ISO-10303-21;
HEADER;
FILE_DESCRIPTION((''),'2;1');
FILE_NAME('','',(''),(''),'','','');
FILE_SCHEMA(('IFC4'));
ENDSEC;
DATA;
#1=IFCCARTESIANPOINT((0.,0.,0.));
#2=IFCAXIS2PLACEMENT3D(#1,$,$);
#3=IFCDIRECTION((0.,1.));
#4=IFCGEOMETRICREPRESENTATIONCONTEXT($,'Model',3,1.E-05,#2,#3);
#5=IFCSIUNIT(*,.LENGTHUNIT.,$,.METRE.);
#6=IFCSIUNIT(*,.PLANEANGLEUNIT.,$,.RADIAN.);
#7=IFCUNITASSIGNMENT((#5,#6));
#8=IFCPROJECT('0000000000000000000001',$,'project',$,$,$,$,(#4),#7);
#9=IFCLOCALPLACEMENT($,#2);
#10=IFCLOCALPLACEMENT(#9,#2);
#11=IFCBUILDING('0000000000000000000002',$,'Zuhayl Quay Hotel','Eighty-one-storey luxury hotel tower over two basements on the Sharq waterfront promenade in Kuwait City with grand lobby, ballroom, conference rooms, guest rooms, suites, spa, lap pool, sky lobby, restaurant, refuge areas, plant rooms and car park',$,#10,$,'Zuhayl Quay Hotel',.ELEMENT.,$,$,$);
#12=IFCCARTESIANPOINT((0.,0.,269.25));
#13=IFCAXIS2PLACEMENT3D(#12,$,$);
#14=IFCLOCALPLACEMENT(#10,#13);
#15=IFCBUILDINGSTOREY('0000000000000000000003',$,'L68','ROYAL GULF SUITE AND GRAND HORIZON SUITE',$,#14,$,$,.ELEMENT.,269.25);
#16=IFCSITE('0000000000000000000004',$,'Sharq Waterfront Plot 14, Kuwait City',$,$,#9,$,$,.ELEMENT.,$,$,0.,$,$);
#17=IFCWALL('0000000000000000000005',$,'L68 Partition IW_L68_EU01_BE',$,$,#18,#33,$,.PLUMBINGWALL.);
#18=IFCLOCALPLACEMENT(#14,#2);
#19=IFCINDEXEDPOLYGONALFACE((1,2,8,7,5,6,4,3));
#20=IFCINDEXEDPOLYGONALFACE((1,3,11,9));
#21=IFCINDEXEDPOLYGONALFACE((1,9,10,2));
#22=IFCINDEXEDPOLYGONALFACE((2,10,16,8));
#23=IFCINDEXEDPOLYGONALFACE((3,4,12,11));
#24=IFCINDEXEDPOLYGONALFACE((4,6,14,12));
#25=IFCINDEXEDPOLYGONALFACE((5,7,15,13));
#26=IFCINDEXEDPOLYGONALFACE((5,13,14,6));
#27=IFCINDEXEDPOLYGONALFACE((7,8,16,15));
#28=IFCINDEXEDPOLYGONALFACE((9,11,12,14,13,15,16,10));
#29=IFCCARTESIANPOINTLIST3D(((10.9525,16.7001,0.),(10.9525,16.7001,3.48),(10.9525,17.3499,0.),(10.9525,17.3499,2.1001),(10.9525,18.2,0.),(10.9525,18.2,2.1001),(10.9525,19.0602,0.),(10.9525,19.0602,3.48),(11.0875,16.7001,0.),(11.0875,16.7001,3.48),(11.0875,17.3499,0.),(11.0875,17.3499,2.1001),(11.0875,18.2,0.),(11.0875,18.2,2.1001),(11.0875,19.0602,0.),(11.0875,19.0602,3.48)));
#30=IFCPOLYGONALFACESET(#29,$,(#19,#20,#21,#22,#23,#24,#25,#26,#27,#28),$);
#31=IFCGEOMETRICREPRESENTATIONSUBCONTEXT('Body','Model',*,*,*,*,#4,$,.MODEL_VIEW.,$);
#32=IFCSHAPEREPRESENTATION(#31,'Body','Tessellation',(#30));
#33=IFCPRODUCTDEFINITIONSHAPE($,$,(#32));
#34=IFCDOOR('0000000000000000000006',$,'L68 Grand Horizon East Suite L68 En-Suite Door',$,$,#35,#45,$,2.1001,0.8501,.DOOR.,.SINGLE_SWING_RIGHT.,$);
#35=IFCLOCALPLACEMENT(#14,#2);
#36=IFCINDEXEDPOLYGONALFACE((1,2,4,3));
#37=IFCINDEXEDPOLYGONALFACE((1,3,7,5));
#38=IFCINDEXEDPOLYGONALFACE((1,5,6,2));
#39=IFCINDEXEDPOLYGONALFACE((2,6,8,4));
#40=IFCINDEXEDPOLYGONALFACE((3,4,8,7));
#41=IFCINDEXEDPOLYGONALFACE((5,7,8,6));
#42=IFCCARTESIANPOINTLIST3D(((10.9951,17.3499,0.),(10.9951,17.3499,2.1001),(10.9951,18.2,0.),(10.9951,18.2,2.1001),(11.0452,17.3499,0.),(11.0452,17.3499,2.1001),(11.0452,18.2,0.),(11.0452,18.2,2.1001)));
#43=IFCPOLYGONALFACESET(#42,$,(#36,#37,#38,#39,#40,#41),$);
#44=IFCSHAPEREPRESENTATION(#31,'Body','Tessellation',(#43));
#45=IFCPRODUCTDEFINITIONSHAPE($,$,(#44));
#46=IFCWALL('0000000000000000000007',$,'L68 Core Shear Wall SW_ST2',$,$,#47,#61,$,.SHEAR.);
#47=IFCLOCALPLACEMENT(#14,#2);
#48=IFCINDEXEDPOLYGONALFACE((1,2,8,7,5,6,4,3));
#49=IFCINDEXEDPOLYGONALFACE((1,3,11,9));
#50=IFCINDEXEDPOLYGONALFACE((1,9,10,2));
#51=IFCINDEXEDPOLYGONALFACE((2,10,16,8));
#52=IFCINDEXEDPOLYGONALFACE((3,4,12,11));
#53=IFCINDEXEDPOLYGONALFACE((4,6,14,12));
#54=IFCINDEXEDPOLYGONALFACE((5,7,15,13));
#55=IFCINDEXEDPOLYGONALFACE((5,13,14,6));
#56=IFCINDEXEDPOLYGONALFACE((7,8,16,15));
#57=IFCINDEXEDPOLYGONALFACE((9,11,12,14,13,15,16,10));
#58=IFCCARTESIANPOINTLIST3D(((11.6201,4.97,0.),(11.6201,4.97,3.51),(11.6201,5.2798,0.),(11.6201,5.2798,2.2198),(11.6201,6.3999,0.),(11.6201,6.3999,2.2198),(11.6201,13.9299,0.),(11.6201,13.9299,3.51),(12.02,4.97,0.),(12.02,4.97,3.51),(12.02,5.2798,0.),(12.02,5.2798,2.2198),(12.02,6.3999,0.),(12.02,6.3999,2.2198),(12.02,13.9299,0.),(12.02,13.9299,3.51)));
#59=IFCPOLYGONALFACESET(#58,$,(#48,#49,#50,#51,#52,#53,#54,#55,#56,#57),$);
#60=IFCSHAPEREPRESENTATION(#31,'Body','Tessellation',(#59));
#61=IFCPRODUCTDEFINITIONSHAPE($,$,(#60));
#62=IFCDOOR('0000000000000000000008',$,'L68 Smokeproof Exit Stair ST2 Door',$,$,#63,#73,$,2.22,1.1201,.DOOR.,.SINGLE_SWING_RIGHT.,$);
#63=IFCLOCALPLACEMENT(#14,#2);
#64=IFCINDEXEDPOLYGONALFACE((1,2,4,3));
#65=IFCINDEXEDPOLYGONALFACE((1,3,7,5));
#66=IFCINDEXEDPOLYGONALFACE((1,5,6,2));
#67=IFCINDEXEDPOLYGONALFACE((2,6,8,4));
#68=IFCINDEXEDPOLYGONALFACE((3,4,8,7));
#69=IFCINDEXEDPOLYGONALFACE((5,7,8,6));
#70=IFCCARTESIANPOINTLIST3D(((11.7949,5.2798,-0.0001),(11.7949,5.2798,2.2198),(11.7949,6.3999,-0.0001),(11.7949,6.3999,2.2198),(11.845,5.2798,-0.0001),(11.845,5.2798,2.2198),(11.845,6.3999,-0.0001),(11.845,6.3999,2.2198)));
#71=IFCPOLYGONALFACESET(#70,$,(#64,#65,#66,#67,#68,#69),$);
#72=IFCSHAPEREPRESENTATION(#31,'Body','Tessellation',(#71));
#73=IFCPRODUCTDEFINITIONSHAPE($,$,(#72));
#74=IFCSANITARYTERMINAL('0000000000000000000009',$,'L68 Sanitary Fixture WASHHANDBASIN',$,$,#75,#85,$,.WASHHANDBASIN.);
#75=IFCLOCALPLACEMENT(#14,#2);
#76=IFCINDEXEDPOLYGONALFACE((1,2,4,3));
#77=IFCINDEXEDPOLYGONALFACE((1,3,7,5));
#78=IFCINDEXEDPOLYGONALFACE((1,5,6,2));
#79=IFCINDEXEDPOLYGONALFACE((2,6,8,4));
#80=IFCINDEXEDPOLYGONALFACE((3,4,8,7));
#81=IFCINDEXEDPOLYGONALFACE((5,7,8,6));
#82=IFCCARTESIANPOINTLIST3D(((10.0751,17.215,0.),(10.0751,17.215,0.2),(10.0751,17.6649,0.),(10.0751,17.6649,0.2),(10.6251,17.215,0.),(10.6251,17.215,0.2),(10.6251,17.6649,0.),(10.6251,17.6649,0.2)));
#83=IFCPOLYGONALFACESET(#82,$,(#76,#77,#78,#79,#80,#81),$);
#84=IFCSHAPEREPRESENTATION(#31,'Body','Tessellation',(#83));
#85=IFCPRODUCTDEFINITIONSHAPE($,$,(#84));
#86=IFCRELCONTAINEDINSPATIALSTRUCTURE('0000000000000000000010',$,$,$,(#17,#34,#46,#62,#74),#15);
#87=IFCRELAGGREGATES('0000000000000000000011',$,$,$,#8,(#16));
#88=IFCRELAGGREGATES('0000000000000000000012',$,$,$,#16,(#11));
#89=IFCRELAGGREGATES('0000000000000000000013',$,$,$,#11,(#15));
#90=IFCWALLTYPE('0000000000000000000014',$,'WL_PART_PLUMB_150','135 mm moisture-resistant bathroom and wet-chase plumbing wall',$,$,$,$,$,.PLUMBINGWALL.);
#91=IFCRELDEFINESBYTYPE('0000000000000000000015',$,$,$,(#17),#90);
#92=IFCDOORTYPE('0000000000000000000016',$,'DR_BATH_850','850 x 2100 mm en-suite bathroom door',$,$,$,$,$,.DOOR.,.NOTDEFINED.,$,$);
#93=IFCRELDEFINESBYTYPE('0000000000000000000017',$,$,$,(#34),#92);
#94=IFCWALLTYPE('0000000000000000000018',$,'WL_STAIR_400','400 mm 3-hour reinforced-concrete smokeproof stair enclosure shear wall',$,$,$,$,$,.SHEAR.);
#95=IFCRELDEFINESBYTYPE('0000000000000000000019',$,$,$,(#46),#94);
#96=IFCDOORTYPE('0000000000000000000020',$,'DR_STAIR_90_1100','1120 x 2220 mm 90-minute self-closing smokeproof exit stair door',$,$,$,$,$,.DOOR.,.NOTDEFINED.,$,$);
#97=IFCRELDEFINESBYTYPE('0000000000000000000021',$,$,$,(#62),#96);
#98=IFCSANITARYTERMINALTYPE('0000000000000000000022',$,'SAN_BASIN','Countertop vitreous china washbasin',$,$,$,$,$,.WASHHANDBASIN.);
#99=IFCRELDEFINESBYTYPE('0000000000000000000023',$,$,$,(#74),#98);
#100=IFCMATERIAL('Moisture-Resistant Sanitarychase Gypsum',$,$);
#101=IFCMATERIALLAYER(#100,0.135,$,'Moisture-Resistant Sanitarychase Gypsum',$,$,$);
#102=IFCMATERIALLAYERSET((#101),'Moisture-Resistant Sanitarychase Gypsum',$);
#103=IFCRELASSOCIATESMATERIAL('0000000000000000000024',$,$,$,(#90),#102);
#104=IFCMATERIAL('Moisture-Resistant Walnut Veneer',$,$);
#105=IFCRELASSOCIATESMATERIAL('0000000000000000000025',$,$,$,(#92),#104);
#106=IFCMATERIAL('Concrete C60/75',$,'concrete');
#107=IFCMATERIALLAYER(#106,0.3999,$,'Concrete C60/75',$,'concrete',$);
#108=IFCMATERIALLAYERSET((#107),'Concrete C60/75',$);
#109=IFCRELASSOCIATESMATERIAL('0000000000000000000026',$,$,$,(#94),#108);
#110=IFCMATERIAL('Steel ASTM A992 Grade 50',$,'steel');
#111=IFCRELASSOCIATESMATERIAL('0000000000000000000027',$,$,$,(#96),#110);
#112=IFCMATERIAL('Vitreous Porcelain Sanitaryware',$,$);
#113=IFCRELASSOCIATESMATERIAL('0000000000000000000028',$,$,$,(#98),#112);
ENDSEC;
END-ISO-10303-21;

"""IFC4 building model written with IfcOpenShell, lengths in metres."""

from ifc_helpers import new_model, si_unit, direction, frame, frame_2d, origin, origin_2d, place, context, subcontext, project, spatial, rectangle, extrude, material, layer, layer_set, type_object, element, fill, save


model = new_model("IFC4")

# Units and contexts
model_context = context("Model", 3, precision=1e-05, world=origin(), true_north=direction((0.0, 1.0)))
body_context = subcontext(model_context, "Body", "Model", "MODEL_VIEW")
ifc_project = project(units=[si_unit("LENGTHUNIT", "METRE"), si_unit("PLANEANGLEUNIT", "RADIAN")], contexts=[model_context])

# Site, building, storey
site_placement = place(None, origin())
site = spatial("IfcSite", under=ifc_project, at=site_placement, Name="Sharq Waterfront Plot 14, Kuwait City", CompositionType="ELEMENT", RefElevation=0.0)
building_placement = place(site_placement, origin())
building = spatial("IfcBuilding", under=site, at=building_placement, Name="Zuhayl Quay Hotel", Description="Eighty-one-storey luxury hotel tower over two basements on the Sharq waterfront promenade in Kuwait City with grand lobby, ballroom, conference rooms, guest rooms, suites, spa, lap pool, sky lobby, restaurant, refuge areas, plant rooms and car park", LongName="Zuhayl Quay Hotel", CompositionType="ELEMENT")
storey_placement = place(building_placement, frame((0.0, 0.0, 269.25)))
storey = spatial("IfcBuildingStorey", under=building, at=storey_placement, Name="L68", Description="ROYAL GULF SUITE AND GRAND HORIZON SUITE", CompositionType="ELEMENT", Elevation=269.25)

# Shared definitions
ifc_material_1 = material(Name="Concrete C60/75", Category="concrete")

# Shared definitions
ifc_material_2 = material(Name="Steel ASTM A992 Grade 50", Category="steel")

# Walls, openings, doors
ifc_material_3 = material(Name="Moisture-Resistant Sanitarychase Gypsum")
ifc_layer_1 = layer(ifc_material_3, 0.135, Name="Moisture-Resistant Sanitarychase Gypsum")
ifc_layer_set_1 = layer_set([ifc_layer_1], Name="Moisture-Resistant Sanitarychase Gypsum")
wall_type_1 = type_object("IfcWallType", Name="WL_PART_PLUMB_150", Description="135 mm moisture-resistant bathroom and wet-chase plumbing wall", PredefinedType="PLUMBINGWALL", material=ifc_layer_set_1)
wall_1_placement = place(storey_placement, frame((11.02, 16.7, 0.0), z_axis=(0.0, 0.0, 1.0), x_axis=(0.0, 1.0, 0.0)))
wall_1 = element("IfcWall", 1, at=wall_1_placement, inside=storey, type_object=wall_type_1, Name="L68 Partition IW_L68_EU01_BE", PredefinedType="PLUMBINGWALL", context=body_context, shape_type="SweptSolid", body=[
    extrude(rectangle(XDim=2.3601, YDim=0.135, at=frame_2d((1.1802, 0.0))), origin(), (0.0, 0.0, 1.0), 3.48),
])
opening_1_placement = place(wall_1_placement, frame((0.6499, 0.0, 0.0)))
opening_1 = element("IfcOpeningElement", 2, at=opening_1_placement, cuts=wall_1, PredefinedType="OPENING", context=body_context, shape_type="SweptSolid", body=[
    extrude(rectangle(XDim=0.8501, YDim=2.1001, at=frame_2d((0.425, 1.05))), frame((0.0, 0.0774, 0.0), z_axis=(0.0, -1.0, 0.0), x_axis=(1.0, 0.0, 0.0)), (0.0, 0.0, 1.0), 0.155),
])
ifc_material_4 = material(Name="Moisture-Resistant Walnut Veneer")
door_type_1 = type_object("IfcDoorType", Name="DR_BATH_850", Description="850 x 2100 mm en-suite bathroom door", OperationType="NOTDEFINED", PredefinedType="DOOR", material=ifc_material_4)
door_1_placement = place(opening_1_placement, origin())
door_1 = element("IfcDoor", 3, at=door_1_placement, inside=storey, type_object=door_type_1, Name="L68 Grand Horizon East Suite L68 En-Suite Door", OperationType="SINGLE_SWING_RIGHT", OverallHeight=2.1001, OverallWidth=0.8501, PredefinedType="DOOR", context=body_context, shape_type="SweptSolid", body=[
    extrude(rectangle(XDim=0.8501, YDim=2.1001, at=frame_2d((0.425, 1.05))), frame((0.0, 0.0249, 0.0), z_axis=(0.0, -1.0, 0.0), x_axis=(1.0, 0.0, 0.0)), (0.0, 0.0, 1.0), 0.05),
])
fill(opening_1, door_1)
ifc_layer_2 = layer(ifc_material_1, 0.3999, Name="Concrete C60/75", Category="concrete")
ifc_layer_set_2 = layer_set([ifc_layer_2], Name="Concrete C60/75")
wall_type_2 = type_object("IfcWallType", Name="WL_STAIR_400", Description="400 mm 3-hour reinforced-concrete smokeproof stair enclosure shear wall", PredefinedType="SHEAR", material=ifc_layer_set_2)
wall_2_placement = place(storey_placement, frame((11.8201, 13.9299, 0.0), z_axis=(0.0, 0.0, 1.0), x_axis=(0.0, -1.0, 0.0)))
wall_2 = element("IfcWall", 4, at=wall_2_placement, inside=storey, type_object=wall_type_2, Name="L68 Core Shear Wall SW_ST2", PredefinedType="SHEAR", context=body_context, shape_type="SweptSolid", body=[
    extrude(rectangle(XDim=8.96, YDim=0.3999, at=frame_2d((4.48, 0.0))), origin(), (0.0, 0.0, 1.0), 3.51),
])
opening_2_placement = place(wall_2_placement, frame((7.53, 0.0, 0.0)))
opening_2 = element("IfcOpeningElement", 5, at=opening_2_placement, cuts=wall_2, PredefinedType="OPENING", context=body_context, shape_type="SweptSolid", body=[
    extrude(rectangle(XDim=1.1201, YDim=2.22, at=frame_2d((0.5601, 1.1099))), frame((0.0, 0.21, 0.0), z_axis=(0.0, -1.0, 0.0), x_axis=(1.0, 0.0, 0.0)), (0.0, 0.0, 1.0), 0.4199),
])
door_type_2 = type_object("IfcDoorType", Name="DR_STAIR_90_1100", Description="1120 x 2220 mm 90-minute self-closing smokeproof exit stair door", OperationType="NOTDEFINED", PredefinedType="DOOR", material=ifc_material_2)
door_2_placement = place(opening_2_placement, origin())
door_2 = element("IfcDoor", 6, at=door_2_placement, inside=storey, type_object=door_type_2, Name="L68 Smokeproof Exit Stair ST2 Door", OperationType="SINGLE_SWING_RIGHT", OverallHeight=2.22, OverallWidth=1.1201, PredefinedType="DOOR", context=body_context, shape_type="SweptSolid", body=[
    extrude(rectangle(XDim=1.1201, YDim=2.22, at=frame_2d((0.5601, 1.1099))), frame((0.0, 0.0249, 0.0), z_axis=(0.0, -1.0, 0.0), x_axis=(1.0, 0.0, 0.0)), (0.0, 0.0, 1.0), 0.05),
])
fill(opening_2, door_2)

# Sanitary terminal
ifc_material_5 = material(Name="Vitreous Porcelain Sanitaryware")
sanitary_terminal_type = type_object("IfcSanitaryTerminalType", Name="SAN_BASIN", Description="Countertop vitreous china washbasin", PredefinedType="WASHHANDBASIN", material=ifc_material_5)
sanitary_terminal_placement = place(storey_placement, frame((10.3501, 17.4399, 0.0), z_axis=(0.0, 0.0, 1.0), x_axis=(1.0, 0.0, 0.0)))
element("IfcSanitaryTerminal", 7, at=sanitary_terminal_placement, inside=storey, type_object=sanitary_terminal_type, Name="L68 Sanitary Fixture WASHHANDBASIN", PredefinedType="WASHHANDBASIN", context=body_context, shape_type="SweptSolid", body=[
    extrude(rectangle(XDim=0.55, YDim=0.45, at=origin_2d()), origin(), (0.0, 0.0, 1.0), 0.2),
])

save(model, "model.ifc")
